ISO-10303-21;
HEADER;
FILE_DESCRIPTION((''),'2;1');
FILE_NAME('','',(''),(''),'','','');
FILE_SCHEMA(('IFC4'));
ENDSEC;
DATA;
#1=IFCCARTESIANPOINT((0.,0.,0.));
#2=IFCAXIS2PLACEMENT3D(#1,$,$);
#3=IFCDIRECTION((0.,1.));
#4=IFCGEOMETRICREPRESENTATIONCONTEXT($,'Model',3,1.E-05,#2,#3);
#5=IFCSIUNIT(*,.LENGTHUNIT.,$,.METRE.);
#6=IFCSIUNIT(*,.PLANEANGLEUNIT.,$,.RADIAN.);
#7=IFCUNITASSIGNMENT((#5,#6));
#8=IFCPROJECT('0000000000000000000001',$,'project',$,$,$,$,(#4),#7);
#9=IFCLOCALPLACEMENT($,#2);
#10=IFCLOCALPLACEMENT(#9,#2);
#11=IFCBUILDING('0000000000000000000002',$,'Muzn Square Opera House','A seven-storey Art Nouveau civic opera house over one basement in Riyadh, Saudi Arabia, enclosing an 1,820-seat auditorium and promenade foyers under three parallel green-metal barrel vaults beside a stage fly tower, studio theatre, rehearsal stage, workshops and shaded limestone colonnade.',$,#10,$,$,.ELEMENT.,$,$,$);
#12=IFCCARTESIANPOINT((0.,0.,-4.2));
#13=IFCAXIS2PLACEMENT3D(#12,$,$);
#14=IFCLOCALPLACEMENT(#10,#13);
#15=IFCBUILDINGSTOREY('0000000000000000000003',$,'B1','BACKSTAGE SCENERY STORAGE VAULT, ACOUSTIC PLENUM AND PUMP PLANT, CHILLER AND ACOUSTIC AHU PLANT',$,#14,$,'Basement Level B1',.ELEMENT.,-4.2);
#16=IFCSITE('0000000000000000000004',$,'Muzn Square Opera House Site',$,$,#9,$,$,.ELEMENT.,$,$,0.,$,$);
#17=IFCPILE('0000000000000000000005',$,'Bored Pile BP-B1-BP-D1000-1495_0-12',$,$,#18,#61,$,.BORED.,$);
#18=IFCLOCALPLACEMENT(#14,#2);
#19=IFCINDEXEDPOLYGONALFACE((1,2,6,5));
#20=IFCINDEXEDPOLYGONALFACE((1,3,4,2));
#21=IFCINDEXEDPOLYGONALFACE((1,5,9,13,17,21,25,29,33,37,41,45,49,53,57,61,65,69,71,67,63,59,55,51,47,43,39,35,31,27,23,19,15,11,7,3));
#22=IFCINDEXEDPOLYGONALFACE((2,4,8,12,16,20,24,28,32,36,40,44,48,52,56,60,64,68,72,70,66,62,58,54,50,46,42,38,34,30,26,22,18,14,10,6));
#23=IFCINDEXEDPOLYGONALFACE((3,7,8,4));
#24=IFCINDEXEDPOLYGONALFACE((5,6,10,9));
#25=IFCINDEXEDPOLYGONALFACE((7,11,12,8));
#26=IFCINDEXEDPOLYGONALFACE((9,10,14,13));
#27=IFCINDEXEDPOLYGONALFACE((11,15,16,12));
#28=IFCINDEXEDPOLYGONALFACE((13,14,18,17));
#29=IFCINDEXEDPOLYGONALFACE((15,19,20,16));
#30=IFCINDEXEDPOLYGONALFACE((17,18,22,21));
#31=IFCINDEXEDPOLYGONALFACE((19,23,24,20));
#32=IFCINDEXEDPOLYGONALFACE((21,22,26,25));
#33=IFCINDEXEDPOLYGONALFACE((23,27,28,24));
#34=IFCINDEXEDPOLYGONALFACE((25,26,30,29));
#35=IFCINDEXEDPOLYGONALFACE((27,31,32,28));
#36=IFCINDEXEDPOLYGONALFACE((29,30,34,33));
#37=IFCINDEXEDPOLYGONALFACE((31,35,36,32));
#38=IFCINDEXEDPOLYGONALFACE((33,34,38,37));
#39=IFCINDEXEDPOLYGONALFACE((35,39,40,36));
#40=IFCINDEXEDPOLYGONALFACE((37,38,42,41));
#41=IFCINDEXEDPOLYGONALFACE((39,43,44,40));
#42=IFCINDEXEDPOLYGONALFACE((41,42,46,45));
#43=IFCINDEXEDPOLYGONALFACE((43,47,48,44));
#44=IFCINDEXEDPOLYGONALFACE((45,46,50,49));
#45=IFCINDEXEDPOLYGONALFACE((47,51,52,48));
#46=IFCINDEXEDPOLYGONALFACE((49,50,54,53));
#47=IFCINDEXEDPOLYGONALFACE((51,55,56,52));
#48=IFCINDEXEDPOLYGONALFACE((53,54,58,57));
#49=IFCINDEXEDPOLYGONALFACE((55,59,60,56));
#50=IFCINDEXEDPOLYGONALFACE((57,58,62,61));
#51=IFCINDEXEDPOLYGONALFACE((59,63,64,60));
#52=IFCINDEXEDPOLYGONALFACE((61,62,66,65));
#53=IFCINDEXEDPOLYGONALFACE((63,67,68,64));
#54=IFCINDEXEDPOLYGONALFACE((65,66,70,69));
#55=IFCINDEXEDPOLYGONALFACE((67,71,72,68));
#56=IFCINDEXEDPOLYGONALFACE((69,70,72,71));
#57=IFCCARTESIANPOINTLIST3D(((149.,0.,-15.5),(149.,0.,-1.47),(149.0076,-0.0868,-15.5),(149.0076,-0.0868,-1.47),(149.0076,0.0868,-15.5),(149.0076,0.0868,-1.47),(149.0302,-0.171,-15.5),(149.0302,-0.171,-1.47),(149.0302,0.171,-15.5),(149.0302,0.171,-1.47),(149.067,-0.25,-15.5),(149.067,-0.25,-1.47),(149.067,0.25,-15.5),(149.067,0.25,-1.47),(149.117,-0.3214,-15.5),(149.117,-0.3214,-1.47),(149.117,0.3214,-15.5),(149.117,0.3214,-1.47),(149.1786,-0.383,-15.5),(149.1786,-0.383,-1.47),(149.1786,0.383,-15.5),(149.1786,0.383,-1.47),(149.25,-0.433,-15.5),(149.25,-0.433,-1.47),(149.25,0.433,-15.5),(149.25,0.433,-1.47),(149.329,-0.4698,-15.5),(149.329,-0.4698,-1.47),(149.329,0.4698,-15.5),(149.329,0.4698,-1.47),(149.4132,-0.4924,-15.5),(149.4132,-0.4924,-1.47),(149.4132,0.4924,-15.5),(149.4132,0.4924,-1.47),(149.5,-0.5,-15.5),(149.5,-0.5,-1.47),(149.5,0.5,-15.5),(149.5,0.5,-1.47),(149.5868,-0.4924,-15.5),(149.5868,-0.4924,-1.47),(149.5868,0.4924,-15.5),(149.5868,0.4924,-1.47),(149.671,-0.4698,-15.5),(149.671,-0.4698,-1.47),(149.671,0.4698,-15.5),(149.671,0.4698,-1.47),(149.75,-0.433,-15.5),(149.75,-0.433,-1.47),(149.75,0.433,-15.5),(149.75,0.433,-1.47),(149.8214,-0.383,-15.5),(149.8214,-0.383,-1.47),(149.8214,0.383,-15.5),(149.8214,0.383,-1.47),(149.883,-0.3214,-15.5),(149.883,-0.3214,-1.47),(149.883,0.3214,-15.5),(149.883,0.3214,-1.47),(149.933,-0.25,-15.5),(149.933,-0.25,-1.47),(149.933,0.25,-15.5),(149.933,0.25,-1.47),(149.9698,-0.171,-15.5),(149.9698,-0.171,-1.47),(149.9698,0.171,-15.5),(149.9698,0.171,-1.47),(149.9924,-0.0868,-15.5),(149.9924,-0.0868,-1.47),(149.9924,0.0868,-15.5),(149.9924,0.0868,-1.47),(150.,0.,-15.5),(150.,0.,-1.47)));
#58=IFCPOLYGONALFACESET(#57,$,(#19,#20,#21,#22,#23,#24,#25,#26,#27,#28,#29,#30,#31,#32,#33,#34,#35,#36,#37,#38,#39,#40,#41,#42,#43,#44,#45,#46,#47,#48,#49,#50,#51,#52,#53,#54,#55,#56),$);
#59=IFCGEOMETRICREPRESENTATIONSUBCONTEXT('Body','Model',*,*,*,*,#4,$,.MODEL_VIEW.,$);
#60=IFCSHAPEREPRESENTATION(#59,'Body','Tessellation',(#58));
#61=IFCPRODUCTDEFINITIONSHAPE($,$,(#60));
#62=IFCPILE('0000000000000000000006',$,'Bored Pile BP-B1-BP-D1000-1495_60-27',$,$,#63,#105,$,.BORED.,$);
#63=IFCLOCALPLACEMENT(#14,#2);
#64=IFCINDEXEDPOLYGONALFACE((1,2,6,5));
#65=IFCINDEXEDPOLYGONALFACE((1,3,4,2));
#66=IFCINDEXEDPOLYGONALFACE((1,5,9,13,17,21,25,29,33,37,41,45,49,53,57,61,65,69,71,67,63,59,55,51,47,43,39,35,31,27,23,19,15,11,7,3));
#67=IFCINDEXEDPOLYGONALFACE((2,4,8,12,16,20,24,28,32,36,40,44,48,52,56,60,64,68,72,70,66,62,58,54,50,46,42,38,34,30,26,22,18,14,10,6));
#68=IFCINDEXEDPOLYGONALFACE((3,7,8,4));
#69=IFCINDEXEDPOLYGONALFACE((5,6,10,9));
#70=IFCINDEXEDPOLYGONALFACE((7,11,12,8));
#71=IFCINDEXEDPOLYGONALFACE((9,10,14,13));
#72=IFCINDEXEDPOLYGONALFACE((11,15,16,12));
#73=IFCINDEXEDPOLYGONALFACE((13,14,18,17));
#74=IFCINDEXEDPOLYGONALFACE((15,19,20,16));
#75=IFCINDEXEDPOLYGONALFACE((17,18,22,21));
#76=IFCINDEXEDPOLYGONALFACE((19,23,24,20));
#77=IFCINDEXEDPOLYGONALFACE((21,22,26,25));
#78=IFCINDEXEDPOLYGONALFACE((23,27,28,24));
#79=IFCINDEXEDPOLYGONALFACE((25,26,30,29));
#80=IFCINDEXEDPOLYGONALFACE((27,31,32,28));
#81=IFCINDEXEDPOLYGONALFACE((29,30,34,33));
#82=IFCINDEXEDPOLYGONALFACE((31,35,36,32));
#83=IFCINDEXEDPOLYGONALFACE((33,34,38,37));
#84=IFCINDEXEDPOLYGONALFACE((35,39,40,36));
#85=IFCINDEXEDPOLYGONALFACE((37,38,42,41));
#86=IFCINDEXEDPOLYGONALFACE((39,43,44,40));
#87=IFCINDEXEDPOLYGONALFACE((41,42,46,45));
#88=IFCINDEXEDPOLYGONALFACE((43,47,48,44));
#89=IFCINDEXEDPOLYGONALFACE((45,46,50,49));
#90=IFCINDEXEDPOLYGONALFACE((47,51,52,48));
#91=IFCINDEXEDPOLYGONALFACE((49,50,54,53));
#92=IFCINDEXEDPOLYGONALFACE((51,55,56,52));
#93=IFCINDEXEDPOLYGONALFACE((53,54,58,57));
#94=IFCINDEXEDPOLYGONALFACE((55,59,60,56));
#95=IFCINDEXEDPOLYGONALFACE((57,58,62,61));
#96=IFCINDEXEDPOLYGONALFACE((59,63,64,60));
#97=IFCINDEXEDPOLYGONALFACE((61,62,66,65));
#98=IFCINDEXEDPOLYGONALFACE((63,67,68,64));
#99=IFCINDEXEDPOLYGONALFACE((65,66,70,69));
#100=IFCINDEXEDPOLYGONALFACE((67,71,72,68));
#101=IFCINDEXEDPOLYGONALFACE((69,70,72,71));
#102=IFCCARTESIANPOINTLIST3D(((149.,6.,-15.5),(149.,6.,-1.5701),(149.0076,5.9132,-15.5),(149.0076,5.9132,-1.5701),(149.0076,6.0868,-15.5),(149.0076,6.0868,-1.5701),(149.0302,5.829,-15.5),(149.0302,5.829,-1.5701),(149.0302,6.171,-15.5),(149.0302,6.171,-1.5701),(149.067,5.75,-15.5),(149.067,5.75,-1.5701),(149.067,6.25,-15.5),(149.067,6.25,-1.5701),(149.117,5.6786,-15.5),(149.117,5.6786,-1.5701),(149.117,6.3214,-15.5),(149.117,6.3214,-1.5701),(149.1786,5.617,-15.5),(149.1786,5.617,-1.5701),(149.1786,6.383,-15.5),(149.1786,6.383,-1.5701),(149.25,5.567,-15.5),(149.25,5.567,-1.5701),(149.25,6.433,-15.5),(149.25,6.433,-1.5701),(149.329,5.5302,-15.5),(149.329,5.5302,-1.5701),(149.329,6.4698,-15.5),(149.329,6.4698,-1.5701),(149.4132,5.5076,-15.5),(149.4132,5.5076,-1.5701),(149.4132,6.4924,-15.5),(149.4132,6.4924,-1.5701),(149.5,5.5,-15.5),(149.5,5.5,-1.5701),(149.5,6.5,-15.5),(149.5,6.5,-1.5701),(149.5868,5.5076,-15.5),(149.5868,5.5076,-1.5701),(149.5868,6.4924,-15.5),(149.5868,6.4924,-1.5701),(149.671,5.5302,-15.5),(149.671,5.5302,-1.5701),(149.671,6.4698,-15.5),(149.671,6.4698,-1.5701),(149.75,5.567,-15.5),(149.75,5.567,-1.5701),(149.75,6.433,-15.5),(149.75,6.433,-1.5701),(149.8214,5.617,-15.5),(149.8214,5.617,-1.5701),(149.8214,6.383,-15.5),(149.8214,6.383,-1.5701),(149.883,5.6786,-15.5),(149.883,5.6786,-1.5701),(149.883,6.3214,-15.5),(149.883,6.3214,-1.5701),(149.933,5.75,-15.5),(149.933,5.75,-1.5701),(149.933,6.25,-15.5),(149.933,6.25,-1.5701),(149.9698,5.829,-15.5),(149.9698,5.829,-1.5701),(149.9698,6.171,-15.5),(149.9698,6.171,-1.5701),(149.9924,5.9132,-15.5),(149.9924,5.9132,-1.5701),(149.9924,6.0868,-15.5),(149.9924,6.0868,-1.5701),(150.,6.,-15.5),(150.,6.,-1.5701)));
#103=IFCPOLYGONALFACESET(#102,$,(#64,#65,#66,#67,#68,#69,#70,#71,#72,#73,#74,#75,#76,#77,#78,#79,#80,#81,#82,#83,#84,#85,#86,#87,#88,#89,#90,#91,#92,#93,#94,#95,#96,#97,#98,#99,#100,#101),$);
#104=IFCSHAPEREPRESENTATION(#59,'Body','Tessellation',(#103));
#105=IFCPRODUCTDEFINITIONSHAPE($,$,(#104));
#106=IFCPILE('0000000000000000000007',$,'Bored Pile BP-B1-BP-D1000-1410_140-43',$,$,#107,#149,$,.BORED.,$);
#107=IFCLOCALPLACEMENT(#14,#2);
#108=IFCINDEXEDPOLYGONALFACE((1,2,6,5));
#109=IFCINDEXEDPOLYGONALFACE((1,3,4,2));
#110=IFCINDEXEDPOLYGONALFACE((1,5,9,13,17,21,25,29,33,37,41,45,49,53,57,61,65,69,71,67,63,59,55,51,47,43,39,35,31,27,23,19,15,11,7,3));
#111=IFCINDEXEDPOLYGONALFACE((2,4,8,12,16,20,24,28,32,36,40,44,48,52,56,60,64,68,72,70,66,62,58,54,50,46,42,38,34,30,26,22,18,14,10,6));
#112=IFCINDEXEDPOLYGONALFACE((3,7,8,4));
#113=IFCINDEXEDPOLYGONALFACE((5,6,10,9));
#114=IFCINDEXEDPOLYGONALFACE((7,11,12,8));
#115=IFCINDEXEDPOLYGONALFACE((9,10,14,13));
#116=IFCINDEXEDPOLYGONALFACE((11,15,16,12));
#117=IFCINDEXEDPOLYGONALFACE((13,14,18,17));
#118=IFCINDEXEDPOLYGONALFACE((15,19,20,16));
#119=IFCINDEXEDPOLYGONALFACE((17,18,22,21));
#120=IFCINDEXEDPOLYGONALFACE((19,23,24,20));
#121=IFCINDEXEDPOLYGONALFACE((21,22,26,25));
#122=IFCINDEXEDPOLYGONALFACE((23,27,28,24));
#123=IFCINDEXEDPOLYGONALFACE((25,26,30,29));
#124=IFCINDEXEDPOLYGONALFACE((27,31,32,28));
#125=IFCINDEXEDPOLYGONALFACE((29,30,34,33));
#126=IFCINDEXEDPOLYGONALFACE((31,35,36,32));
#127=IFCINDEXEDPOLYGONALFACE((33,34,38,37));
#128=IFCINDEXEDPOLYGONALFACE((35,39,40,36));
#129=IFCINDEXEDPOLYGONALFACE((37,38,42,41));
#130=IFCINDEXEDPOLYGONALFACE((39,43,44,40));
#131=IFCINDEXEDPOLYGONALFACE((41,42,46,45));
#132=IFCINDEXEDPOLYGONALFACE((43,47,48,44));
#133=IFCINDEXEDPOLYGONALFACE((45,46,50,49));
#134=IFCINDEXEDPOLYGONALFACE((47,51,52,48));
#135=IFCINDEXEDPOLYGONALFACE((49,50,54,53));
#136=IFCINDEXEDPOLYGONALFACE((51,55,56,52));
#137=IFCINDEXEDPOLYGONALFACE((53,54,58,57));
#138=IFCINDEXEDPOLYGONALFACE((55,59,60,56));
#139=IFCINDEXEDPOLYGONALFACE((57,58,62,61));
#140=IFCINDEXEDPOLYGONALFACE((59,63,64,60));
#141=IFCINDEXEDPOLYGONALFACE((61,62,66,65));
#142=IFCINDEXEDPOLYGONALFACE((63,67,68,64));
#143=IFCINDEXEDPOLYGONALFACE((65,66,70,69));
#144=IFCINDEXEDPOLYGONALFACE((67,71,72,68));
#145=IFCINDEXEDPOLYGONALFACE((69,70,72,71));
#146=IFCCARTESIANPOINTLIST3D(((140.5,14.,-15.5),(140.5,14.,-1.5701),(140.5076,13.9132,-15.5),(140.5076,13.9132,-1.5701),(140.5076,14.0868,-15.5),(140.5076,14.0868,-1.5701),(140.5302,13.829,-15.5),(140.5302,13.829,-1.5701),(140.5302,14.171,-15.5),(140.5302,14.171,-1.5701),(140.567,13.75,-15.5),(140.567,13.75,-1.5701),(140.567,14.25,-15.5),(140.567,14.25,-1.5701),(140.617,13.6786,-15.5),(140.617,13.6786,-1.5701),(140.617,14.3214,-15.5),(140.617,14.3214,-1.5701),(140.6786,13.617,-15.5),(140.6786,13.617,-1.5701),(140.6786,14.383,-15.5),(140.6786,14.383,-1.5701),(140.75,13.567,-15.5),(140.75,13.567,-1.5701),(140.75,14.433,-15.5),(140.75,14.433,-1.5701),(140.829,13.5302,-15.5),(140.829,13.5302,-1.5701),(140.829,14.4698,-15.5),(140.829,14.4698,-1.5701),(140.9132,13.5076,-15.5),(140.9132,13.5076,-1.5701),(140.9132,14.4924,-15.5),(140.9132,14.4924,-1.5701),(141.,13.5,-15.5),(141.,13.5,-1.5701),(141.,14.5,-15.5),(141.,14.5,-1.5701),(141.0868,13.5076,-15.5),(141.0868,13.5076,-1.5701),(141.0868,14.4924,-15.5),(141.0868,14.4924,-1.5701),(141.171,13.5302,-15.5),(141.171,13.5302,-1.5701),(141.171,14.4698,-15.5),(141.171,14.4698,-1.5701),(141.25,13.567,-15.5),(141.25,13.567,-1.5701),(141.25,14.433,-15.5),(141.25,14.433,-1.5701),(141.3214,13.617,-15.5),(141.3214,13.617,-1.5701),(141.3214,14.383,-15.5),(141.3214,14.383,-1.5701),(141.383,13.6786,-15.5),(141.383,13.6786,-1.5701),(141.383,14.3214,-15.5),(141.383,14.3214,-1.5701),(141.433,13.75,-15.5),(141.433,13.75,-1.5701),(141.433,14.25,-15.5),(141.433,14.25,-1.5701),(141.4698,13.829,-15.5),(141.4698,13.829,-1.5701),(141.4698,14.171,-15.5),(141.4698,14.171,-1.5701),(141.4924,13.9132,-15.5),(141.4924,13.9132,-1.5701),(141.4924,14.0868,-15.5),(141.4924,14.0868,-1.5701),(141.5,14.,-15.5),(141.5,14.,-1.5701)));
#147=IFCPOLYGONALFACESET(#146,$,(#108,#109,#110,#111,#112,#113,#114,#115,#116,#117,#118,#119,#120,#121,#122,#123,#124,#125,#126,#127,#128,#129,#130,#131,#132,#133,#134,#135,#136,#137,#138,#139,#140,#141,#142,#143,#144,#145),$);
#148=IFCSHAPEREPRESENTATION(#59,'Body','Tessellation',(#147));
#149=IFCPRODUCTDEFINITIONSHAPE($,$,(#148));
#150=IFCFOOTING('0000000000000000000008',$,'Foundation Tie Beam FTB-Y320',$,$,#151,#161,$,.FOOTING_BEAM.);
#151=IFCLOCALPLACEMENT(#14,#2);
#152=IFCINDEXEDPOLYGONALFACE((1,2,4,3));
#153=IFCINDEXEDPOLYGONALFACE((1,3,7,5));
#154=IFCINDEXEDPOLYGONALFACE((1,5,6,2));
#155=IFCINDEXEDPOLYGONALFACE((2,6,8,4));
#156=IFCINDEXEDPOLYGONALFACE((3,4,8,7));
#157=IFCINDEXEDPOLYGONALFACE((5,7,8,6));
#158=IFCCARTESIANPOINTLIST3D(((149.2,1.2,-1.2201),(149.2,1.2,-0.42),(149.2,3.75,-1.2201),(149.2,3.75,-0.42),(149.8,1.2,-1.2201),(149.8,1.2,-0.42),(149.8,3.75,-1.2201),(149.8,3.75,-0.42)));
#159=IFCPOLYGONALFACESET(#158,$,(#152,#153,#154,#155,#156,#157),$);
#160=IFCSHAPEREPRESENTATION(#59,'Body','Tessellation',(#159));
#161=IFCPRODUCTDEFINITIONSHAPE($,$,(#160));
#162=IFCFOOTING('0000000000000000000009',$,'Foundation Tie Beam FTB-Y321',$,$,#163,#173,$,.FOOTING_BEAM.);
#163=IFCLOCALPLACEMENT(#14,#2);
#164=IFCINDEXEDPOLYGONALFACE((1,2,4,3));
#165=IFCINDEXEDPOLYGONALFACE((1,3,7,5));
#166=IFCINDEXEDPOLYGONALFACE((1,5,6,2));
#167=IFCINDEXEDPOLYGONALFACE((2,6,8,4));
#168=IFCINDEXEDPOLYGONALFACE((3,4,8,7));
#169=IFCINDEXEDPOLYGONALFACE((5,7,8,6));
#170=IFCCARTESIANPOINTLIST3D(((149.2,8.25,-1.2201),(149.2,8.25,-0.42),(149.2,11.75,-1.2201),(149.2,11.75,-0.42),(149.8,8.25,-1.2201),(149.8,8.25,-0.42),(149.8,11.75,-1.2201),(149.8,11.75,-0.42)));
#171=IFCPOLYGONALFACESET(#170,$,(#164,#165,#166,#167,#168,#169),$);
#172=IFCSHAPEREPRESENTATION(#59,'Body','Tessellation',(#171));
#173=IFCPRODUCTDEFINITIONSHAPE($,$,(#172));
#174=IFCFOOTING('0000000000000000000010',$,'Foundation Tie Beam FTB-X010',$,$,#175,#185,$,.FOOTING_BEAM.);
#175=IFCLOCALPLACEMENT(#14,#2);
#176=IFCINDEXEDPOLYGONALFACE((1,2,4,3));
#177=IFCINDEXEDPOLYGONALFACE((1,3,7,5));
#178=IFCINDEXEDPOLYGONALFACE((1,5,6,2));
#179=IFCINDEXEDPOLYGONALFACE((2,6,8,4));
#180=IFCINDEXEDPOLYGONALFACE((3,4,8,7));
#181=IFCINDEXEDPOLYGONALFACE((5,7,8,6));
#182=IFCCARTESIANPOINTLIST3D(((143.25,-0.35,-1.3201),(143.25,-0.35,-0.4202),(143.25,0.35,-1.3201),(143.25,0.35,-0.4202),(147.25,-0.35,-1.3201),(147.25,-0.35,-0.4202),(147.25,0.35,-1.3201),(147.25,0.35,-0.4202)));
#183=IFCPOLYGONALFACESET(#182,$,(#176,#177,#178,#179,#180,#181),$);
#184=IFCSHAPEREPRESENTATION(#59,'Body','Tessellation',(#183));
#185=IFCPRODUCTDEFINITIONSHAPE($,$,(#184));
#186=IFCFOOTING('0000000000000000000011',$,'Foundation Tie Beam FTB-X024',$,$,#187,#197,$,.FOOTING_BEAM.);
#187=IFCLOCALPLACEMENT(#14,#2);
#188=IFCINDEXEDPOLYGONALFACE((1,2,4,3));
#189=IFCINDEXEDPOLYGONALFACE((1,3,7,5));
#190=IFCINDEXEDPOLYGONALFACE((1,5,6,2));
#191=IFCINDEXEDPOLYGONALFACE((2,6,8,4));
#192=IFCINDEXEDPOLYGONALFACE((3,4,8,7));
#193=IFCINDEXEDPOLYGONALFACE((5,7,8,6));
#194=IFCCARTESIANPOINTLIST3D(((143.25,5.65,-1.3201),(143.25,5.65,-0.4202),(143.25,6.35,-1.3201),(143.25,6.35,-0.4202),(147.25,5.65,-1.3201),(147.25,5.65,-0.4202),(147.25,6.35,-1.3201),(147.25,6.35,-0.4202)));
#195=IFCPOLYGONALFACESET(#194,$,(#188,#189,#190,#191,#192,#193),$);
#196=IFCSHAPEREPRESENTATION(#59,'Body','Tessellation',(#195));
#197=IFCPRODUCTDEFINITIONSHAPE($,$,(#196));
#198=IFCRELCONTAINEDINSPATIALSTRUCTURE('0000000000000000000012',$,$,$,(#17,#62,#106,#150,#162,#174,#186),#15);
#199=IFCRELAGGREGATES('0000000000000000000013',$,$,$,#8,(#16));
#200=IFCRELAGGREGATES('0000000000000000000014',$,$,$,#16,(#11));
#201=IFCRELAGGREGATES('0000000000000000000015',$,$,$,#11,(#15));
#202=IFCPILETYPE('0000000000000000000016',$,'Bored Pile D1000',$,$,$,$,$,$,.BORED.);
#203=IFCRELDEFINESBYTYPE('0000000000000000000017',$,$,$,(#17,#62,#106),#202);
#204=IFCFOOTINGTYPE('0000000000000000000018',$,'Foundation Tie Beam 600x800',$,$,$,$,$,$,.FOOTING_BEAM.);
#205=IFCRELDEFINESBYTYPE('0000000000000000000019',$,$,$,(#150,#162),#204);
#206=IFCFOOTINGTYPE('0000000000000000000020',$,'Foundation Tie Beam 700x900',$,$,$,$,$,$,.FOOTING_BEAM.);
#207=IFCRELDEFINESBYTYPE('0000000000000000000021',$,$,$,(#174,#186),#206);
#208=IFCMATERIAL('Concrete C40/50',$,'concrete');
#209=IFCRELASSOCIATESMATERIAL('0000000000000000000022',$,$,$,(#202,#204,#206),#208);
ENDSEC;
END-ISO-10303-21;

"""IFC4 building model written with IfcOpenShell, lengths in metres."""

from ifc_helpers import new_model, si_unit, direction, frame, origin, origin_2d, place, context, subcontext, project, spatial, rectangle, circle, extrude, material, material_profile, profile_set, type_object, element, save


model = new_model("IFC4")

# Units and contexts
model_context = context("Model", 3, precision=1e-05, world=origin(), true_north=direction((0.0, 1.0)))
body_context = subcontext(model_context, "Body", "Model", "MODEL_VIEW")
ifc_project = project(units=[si_unit("LENGTHUNIT", "METRE"), si_unit("PLANEANGLEUNIT", "RADIAN")], contexts=[model_context])

# Site, building, storey
site_placement = place(None, origin())
site = spatial("IfcSite", under=ifc_project, at=site_placement, Name="Muzn Square Opera House Site", CompositionType="ELEMENT", RefElevation=0.0)
building_placement = place(site_placement, origin())
building = spatial("IfcBuilding", under=site, at=building_placement, Name="Muzn Square Opera House", Description="A seven-storey Art Nouveau civic opera house over one basement in Riyadh, Saudi Arabia, enclosing an 1,820-seat auditorium and promenade foyers under three parallel green-metal barrel vaults beside a stage fly tower, studio theatre, rehearsal stage, workshops and shaded limestone colonnade.", CompositionType="ELEMENT")
storey_placement = place(building_placement, frame((0.0, 0.0, -4.2)))
storey = spatial("IfcBuildingStorey", under=building, at=storey_placement, Name="B1", Description="BACKSTAGE SCENERY STORAGE VAULT, ACOUSTIC PLENUM AND PUMP PLANT, CHILLER AND ACOUSTIC AHU PLANT", LongName="Basement Level B1", CompositionType="ELEMENT", Elevation=-4.2)

# Piles
ifc_material_1 = material(Name="Concrete C40/50", Category="concrete")
ifc_material_profile_1 = material_profile(ifc_material_1, circle(Radius=0.5, at=origin_2d()), Name="BORED PILE D1000", Category="concrete")
ifc_profile_set_1 = profile_set([ifc_material_profile_1], Name="Concrete C40/50")
pile_type = type_object("IfcPileType", Name="Bored Pile D1000", PredefinedType="BORED", material=ifc_profile_set_1)
pile_placement = place(storey_placement, frame((149.5, 0.0, -1.47), z_axis=(0.0, 0.0, -1.0), x_axis=(1.0, 0.0, 0.0)))
element("IfcPile", 1, at=pile_placement, inside=storey, type_object=pile_type, Name="Bored Pile BP-B1-BP-D1000-1495_0-12", PredefinedType="BORED", context=body_context, shape_type="SweptSolid", body=[
    extrude(circle(Radius=0.5, at=origin_2d()), origin(), (0.0, 0.0, 1.0), 14.03),
])
for number, where, z_axis, x_axis, name in (
    (2, (149.5, 6.0, -1.5701), (0.0, 0.0, -1.0), (1.0, 0.0, 0.0), "Bored Pile BP-B1-BP-D1000-1495_60-27"),
    (3, (141.0, 14.0, -1.5701), (0.0, 0.0, -1.0), (1.0, 0.0, 0.0), "Bored Pile BP-B1-BP-D1000-1410_140-43"),
):
    element("IfcPile", number, at=place(storey_placement, frame(where, z_axis=z_axis, x_axis=x_axis)), inside=storey, type_object=pile_type, Name=name, PredefinedType="BORED", context=body_context, shape_type="SweptSolid", body=[
        extrude(circle(Radius=0.5, at=origin_2d()), origin(), (0.0, 0.0, 1.0), 13.9299),
    ])

# Footings
ifc_material_profile_2 = material_profile(ifc_material_1, rectangle(XDim=0.6001, YDim=0.8, at=origin_2d()), Name="RCTB 600x800", Category="concrete")
ifc_profile_set_2 = profile_set([ifc_material_profile_2], Name="Concrete C40/50")
footing_type_1 = type_object("IfcFootingType", Name="Foundation Tie Beam 600x800", PredefinedType="FOOTING_BEAM", material=ifc_profile_set_2)
footing_1_placement = place(storey_placement, frame((149.5, 1.2, -0.8201), z_axis=(0.0, 1.0, 0.0), x_axis=(-1.0, 0.0, 0.0)))
element("IfcFooting", 4, at=footing_1_placement, inside=storey, type_object=footing_type_1, Name="Foundation Tie Beam FTB-Y320", PredefinedType="FOOTING_BEAM", context=body_context, shape_type="SweptSolid", body=[
    extrude(rectangle(XDim=0.6001, YDim=0.8, at=origin_2d()), origin(), (0.0, 0.0, 1.0), 2.55),
])
footing_2_placement = place(storey_placement, frame((149.5, 8.25, -0.8201), z_axis=(0.0, 1.0, 0.0), x_axis=(-1.0, 0.0, 0.0)))
element("IfcFooting", 5, at=footing_2_placement, inside=storey, type_object=footing_type_1, Name="Foundation Tie Beam FTB-Y321", PredefinedType="FOOTING_BEAM", context=body_context, shape_type="SweptSolid", body=[
    extrude(rectangle(XDim=0.6001, YDim=0.8, at=origin_2d()), origin(), (0.0, 0.0, 1.0), 3.5),
])
ifc_material_profile_3 = material_profile(ifc_material_1, rectangle(XDim=0.7, YDim=0.8999, at=origin_2d()), Name="RCTB 700x900", Category="concrete")
ifc_profile_set_3 = profile_set([ifc_material_profile_3], Name="Concrete C40/50")
footing_type_2 = type_object("IfcFootingType", Name="Foundation Tie Beam 700x900", PredefinedType="FOOTING_BEAM", material=ifc_profile_set_3)
for number, where, z_axis, x_axis, name in (
    (6, (143.25, 0.0, -0.8701), (1.0, 0.0, 0.0), (0.0, 1.0, 0.0), "Foundation Tie Beam FTB-X010"),
    (7, (143.25, 6.0, -0.8701), (1.0, 0.0, 0.0), (0.0, 1.0, 0.0), "Foundation Tie Beam FTB-X024"),
):
    element("IfcFooting", number, at=place(storey_placement, frame(where, z_axis=z_axis, x_axis=x_axis)), inside=storey, type_object=footing_type_2, Name=name, PredefinedType="FOOTING_BEAM", context=body_context, shape_type="SweptSolid", body=[
        extrude(rectangle(XDim=0.7, YDim=0.8999, at=origin_2d()), origin(), (0.0, 0.0, 1.0), 4.0),
    ])

save(model, "model.ifc")
